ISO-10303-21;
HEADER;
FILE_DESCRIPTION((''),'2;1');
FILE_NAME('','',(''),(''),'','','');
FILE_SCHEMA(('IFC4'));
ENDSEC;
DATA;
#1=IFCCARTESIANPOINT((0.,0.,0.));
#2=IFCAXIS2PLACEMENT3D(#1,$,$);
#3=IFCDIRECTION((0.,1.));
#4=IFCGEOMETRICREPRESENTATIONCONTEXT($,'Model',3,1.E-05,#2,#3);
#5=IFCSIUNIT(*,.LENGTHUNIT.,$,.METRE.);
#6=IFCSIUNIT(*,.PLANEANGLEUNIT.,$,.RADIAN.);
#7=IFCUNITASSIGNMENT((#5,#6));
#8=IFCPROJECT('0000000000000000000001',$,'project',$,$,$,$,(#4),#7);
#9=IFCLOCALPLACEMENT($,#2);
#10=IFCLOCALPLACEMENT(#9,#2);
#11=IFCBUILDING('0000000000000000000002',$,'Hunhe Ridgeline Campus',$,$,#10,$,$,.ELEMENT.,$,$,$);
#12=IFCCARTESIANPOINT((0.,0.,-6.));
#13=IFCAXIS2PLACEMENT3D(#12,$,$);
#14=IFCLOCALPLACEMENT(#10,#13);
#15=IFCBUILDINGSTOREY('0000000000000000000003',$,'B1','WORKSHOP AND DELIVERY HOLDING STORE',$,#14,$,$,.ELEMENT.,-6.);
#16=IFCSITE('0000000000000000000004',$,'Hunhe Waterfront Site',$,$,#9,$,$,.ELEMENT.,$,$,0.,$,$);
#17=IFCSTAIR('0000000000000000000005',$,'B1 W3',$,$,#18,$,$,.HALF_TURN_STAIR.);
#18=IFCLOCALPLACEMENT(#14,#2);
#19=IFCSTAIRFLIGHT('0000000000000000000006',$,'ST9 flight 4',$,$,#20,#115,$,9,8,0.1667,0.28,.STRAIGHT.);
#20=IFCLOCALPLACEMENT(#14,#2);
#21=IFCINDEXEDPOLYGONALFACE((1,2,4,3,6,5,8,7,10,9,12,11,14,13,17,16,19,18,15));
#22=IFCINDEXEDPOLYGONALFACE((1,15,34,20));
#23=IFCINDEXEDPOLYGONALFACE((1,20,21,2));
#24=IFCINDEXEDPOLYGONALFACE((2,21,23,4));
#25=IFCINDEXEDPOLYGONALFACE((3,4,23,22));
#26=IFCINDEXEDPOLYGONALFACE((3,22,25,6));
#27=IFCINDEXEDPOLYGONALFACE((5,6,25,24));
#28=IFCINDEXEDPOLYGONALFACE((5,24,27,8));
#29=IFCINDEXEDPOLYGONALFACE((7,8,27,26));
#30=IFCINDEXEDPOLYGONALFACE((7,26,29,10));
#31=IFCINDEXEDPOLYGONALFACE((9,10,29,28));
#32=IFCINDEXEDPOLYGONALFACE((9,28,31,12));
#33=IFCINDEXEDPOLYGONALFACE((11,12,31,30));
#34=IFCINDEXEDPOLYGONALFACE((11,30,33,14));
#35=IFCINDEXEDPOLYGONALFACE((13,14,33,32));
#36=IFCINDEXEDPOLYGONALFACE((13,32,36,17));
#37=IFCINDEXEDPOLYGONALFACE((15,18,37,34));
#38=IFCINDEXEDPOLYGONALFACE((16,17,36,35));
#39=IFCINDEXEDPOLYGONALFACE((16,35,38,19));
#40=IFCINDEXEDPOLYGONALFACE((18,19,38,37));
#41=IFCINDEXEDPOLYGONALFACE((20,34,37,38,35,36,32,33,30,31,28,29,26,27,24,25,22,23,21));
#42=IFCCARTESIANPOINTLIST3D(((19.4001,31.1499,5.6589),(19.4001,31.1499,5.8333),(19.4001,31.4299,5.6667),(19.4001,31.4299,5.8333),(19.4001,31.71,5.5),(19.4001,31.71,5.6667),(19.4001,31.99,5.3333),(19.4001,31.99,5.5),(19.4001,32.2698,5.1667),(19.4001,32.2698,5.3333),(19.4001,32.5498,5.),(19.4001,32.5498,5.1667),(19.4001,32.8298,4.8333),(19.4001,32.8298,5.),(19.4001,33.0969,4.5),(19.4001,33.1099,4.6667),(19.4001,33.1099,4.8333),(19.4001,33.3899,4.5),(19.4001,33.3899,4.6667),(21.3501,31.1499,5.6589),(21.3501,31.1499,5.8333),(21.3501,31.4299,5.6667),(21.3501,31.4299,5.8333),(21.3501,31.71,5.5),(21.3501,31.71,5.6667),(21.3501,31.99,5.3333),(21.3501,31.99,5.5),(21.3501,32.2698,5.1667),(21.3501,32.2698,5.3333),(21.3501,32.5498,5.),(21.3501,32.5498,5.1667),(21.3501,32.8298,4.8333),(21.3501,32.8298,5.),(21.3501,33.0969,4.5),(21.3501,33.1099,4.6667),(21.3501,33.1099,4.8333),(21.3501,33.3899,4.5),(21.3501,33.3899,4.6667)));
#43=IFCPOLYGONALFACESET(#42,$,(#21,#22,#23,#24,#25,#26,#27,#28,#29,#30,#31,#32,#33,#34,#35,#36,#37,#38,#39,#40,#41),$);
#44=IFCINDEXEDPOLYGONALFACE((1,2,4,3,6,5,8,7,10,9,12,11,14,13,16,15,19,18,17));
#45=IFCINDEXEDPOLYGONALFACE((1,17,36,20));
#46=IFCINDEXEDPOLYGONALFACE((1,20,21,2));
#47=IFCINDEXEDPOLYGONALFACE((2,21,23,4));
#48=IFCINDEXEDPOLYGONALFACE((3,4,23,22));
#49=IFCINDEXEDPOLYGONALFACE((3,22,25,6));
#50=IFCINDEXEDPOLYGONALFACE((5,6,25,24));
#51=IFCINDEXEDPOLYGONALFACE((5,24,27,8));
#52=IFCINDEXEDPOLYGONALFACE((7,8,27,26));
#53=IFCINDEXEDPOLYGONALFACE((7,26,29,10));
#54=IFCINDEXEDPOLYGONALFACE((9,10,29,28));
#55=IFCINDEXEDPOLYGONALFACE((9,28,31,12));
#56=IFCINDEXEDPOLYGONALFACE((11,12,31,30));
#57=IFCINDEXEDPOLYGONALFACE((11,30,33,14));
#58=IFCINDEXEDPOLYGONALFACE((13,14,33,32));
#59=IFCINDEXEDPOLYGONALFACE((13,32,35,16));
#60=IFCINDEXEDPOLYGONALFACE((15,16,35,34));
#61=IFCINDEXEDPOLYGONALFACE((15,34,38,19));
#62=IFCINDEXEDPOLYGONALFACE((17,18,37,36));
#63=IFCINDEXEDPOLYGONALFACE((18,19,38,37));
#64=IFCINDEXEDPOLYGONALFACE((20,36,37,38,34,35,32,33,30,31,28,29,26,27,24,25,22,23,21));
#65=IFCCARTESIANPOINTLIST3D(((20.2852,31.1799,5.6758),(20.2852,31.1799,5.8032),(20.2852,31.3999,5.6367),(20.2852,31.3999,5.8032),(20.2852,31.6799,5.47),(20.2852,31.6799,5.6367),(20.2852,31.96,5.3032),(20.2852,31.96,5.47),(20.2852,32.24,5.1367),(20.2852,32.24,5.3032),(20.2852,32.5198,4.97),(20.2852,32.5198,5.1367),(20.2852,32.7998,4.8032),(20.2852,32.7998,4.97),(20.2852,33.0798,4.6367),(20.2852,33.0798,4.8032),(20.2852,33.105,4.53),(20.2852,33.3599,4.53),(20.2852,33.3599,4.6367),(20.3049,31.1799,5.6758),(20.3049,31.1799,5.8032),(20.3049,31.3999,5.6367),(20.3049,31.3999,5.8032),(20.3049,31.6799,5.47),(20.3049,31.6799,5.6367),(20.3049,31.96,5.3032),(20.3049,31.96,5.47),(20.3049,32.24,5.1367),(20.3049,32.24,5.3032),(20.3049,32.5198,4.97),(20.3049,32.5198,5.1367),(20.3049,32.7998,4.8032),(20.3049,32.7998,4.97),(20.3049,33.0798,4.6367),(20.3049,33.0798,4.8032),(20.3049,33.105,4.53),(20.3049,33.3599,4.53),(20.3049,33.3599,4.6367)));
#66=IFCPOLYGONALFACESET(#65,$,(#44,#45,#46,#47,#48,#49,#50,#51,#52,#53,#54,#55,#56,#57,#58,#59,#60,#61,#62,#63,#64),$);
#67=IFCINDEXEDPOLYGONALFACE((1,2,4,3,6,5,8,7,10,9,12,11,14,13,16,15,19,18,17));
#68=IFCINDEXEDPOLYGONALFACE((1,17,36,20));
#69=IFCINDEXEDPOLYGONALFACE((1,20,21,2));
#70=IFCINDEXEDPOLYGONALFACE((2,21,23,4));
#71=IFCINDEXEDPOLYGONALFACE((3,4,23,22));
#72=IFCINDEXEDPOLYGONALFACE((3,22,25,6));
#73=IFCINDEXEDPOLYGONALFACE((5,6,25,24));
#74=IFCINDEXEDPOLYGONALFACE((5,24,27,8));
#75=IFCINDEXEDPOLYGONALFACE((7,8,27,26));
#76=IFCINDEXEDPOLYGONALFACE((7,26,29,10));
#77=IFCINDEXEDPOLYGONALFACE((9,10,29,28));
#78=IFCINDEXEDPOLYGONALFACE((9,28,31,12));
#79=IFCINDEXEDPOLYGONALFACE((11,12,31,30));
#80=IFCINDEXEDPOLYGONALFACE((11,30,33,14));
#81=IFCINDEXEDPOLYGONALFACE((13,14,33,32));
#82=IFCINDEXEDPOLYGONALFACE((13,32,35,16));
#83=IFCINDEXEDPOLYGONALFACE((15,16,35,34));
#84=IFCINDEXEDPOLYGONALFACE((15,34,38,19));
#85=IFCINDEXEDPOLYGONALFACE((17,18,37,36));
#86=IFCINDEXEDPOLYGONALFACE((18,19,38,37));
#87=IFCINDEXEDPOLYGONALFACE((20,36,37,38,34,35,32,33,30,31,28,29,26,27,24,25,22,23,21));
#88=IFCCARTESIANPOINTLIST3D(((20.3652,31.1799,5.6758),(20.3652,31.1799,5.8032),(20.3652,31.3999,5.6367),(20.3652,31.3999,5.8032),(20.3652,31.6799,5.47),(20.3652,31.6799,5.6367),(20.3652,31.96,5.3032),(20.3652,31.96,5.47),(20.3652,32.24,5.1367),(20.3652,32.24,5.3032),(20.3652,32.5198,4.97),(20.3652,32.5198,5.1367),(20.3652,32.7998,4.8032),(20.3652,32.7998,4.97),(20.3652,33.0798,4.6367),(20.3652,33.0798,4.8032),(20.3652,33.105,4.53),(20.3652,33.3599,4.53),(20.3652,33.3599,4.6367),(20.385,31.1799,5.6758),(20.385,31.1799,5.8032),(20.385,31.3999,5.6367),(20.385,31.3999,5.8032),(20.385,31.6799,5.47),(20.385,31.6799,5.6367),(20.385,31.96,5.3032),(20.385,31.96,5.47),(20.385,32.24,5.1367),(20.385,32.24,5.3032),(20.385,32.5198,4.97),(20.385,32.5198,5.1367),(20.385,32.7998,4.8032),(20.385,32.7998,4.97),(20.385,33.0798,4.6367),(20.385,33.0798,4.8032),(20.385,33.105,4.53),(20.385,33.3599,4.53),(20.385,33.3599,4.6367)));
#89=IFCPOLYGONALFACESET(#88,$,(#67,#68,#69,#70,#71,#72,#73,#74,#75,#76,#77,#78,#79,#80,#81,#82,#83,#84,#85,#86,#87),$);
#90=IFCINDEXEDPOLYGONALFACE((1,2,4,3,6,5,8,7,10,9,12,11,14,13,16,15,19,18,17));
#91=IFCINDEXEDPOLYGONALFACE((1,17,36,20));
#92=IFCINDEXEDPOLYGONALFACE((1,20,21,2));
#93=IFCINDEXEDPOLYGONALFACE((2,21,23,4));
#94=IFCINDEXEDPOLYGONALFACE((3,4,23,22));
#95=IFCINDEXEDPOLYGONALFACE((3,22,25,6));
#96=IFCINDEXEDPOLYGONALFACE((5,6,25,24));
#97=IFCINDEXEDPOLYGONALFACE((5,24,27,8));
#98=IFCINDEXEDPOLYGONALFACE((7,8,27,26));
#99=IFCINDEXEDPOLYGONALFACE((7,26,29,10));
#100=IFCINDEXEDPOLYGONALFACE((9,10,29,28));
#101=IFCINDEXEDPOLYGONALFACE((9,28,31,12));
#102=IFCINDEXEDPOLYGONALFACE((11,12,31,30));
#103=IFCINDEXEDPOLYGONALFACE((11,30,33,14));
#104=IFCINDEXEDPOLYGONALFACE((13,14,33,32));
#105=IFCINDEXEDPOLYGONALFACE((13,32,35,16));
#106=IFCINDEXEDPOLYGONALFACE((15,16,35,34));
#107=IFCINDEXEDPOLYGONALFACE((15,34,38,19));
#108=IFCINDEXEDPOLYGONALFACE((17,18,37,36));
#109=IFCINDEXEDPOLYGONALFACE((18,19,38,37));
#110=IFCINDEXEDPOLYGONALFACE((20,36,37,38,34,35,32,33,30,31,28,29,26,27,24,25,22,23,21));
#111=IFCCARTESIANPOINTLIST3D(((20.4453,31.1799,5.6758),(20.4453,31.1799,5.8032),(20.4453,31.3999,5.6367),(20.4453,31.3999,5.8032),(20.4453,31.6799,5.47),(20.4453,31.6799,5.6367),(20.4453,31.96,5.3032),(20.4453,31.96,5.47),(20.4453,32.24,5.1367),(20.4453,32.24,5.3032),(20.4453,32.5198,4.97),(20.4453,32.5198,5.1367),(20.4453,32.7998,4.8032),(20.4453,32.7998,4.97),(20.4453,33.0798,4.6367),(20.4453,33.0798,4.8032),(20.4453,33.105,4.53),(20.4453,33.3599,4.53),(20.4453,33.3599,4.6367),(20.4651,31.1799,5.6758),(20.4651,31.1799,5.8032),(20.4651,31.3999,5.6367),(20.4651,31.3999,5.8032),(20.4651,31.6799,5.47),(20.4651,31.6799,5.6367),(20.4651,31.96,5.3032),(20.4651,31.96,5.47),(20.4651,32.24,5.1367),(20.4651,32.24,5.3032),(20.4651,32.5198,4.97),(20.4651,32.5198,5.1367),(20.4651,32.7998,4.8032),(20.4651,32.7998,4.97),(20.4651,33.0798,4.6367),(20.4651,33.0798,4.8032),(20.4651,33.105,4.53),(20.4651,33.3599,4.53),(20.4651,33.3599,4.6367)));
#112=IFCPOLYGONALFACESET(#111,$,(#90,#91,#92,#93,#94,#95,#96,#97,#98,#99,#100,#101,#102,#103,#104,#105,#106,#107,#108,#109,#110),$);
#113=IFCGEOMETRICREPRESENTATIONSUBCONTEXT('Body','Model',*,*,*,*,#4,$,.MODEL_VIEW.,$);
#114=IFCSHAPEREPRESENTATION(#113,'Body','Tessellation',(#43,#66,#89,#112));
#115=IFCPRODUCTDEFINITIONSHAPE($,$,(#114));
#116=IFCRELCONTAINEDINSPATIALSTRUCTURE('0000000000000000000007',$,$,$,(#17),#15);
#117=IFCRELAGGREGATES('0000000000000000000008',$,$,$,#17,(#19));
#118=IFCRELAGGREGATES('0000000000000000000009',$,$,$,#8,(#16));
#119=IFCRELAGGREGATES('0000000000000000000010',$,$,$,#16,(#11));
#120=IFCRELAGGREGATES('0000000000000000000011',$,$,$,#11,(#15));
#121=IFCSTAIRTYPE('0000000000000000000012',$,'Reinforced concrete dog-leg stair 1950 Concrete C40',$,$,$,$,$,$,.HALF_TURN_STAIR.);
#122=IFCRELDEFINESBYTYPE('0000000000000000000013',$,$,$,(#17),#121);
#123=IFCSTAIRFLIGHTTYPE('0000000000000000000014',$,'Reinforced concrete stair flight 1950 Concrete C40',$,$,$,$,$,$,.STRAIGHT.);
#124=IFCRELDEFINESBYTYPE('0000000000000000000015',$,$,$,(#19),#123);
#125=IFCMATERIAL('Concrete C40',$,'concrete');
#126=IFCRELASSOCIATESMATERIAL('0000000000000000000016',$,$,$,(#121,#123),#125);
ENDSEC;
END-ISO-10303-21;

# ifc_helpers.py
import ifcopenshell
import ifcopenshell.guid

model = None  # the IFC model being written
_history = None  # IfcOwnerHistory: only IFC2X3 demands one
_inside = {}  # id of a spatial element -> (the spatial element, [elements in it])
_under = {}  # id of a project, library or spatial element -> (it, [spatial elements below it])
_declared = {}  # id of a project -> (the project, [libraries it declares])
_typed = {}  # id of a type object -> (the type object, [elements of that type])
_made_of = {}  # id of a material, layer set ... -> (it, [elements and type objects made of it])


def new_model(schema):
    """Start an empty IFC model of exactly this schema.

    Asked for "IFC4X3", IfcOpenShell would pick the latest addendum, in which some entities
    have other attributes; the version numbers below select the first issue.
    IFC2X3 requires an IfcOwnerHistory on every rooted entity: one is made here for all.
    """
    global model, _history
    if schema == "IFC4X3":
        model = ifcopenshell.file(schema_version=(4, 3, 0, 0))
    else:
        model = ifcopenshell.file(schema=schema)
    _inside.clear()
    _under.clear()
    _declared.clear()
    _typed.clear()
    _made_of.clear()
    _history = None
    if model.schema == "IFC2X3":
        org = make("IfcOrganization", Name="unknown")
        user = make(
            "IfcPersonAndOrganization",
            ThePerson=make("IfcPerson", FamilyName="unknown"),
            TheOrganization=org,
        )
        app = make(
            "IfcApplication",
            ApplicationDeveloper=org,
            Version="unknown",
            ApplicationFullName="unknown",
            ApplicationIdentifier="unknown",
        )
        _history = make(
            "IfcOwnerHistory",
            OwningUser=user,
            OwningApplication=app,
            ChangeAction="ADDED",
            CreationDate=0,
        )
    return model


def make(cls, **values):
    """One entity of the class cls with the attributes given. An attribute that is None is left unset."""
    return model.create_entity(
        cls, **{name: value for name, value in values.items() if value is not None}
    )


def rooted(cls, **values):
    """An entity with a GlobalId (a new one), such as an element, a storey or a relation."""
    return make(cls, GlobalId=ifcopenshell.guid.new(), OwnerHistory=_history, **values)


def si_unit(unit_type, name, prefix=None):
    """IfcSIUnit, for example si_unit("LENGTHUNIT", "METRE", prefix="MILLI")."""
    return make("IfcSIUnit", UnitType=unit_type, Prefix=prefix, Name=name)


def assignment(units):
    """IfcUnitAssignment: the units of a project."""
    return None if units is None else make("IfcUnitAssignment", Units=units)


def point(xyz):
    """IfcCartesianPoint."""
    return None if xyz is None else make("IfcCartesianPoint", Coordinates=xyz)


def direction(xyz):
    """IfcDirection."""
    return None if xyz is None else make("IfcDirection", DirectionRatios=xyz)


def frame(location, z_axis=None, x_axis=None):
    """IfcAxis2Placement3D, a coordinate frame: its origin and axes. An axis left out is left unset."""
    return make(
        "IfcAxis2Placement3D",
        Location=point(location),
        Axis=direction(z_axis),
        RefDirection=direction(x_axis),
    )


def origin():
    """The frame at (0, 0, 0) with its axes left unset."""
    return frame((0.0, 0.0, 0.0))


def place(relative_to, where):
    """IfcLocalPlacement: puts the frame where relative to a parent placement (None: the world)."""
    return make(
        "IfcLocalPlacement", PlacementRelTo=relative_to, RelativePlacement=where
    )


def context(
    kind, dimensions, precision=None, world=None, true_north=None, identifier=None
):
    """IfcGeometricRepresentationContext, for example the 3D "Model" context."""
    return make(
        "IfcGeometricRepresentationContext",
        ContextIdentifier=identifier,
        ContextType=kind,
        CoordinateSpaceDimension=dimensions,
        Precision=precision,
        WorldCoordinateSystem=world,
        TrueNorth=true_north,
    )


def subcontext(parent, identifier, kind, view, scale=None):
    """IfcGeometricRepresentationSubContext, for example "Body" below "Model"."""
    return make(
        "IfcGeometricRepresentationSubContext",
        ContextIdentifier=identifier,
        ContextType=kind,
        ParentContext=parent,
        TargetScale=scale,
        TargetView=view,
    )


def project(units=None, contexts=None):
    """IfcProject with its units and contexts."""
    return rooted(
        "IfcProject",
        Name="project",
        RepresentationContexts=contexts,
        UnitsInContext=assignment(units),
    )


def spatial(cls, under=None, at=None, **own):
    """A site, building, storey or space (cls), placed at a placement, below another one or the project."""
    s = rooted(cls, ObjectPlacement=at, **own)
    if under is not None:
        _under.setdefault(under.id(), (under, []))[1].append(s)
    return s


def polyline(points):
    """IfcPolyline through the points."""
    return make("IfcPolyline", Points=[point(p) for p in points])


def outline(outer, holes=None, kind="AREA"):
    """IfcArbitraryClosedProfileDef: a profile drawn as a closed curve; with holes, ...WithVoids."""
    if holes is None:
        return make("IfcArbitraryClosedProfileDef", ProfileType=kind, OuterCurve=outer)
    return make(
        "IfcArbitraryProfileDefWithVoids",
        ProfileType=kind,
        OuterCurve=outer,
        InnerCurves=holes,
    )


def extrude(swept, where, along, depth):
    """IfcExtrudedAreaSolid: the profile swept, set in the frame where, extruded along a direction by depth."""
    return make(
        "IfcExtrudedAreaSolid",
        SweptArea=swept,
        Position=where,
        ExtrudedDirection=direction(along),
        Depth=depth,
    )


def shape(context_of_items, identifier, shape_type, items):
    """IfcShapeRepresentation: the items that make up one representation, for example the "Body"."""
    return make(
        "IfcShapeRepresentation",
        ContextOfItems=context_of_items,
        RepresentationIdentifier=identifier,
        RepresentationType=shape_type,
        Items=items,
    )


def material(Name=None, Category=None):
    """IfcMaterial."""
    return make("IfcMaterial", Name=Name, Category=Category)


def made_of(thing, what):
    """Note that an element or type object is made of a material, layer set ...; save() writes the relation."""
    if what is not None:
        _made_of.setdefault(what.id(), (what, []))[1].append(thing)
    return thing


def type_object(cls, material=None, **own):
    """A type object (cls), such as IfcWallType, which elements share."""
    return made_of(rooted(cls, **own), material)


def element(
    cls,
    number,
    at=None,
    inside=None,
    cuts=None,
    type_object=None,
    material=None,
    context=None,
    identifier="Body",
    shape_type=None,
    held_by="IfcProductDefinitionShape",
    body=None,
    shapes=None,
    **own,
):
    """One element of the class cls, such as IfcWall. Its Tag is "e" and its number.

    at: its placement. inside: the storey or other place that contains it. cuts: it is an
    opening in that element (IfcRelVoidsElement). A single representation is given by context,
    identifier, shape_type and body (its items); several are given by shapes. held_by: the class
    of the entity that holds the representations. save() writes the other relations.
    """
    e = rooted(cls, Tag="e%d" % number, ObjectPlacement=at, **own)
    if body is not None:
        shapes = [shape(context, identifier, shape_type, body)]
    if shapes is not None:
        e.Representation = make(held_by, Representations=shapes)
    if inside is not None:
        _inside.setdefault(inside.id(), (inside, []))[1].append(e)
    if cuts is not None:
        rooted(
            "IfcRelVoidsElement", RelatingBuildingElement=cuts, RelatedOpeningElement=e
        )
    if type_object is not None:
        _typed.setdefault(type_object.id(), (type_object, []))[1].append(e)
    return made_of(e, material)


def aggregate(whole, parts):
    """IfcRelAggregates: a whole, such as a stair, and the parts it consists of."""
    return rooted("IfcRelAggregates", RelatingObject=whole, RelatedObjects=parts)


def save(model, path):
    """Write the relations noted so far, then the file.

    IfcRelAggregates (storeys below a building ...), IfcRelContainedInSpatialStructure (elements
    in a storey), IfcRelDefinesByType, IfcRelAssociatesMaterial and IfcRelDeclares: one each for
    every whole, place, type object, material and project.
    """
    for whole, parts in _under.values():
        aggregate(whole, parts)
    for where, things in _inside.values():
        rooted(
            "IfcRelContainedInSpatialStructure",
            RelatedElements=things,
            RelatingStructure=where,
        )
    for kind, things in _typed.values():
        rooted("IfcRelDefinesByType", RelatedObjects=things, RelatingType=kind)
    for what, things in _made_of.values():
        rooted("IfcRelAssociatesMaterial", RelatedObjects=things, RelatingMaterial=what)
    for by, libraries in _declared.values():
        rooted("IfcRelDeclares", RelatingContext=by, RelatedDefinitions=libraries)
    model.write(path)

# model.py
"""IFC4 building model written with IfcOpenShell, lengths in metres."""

from ifc_helpers import new_model, si_unit, direction, frame, origin, place, context, subcontext, project, spatial, polyline, outline, extrude, material, type_object, element, aggregate, save


model = new_model("IFC4")

# Units and contexts
model_context = context("Model", 3, precision=1e-05, world=origin(), true_north=direction((0.0, 1.0)))
body_context = subcontext(model_context, "Body", "Model", "MODEL_VIEW")
ifc_project = project(units=[si_unit("LENGTHUNIT", "METRE"), si_unit("PLANEANGLEUNIT", "RADIAN")], contexts=[model_context])

# Site, building, storey
site_placement = place(None, origin())
site = spatial("IfcSite", under=ifc_project, at=site_placement, Name="Hunhe Waterfront Site", CompositionType="ELEMENT", RefElevation=0.0)
building_placement = place(site_placement, origin())
building = spatial("IfcBuilding", under=site, at=building_placement, Name="Hunhe Ridgeline Campus", CompositionType="ELEMENT")
storey_placement = place(building_placement, frame((0.0, 0.0, -6.0)))
storey = spatial("IfcBuildingStorey", under=building, at=storey_placement, Name="B1", Description="WORKSHOP AND DELIVERY HOLDING STORE", CompositionType="ELEMENT", Elevation=-6.0)

# Stair, stair flight
ifc_material_1 = material(Name="Concrete C40", Category="concrete")
stair_type = type_object("IfcStairType", Name="Reinforced concrete dog-leg stair 1950 Concrete C40", PredefinedType="HALF_TURN_STAIR", material=ifc_material_1)
stair_placement = place(storey_placement, origin())
stair = element("IfcStair", 1, at=stair_placement, inside=storey, type_object=stair_type, Name="B1 W3", PredefinedType="HALF_TURN_STAIR")
stair_flight_type = type_object("IfcStairFlightType", Name="Reinforced concrete stair flight 1950 Concrete C40", PredefinedType="STRAIGHT", material=ifc_material_1)
stair_flight_1_placement = place(storey_placement, frame((20.375, 33.3899, 4.5), z_axis=(0.0, 0.0, 1.0), x_axis=(0.0, -1.0, 0.0)))
stair_flight_1 = element("IfcStairFlight", 2, at=stair_flight_1_placement, type_object=stair_flight_type, Name="ST9 flight 4", NumberOfRisers=9, NumberOfTreads=8, PredefinedType="STRAIGHT", RiserHeight=0.1667, TreadLength=0.28, context=body_context, shape_type="SweptSolid", body=[
    extrude(outline(polyline([(0.0, 0.0), (0.0, 0.1667), (0.28, 0.1667), (0.28, 0.3333), (0.5601, 0.3333), (0.5601, 0.5), (0.8401, 0.5), (0.8401, 0.6667), (1.1201, 0.6667), (1.1201, 0.8333), (1.3999, 0.8333), (1.3999, 1.0), (1.6799, 1.0), (1.6799, 1.1667), (1.96, 1.1667), (1.96, 1.3333), (2.24, 1.3333), (2.24, 1.5), (2.24, 1.1589), (0.293, 0.0), (0.0, 0.0)])), frame((0.0, 0.9751, 0.0), z_axis=(0.0, -1.0, 0.0), x_axis=(1.0, 0.0, 0.0)), (0.0, 0.0, 1.0), 1.95),
    extrude(outline(polyline([(0.03, 0.03), (0.03, 0.1367), (0.3101, 0.1367), (0.3101, 0.3032), (0.5901, 0.3032), (0.5901, 0.47), (0.8701, 0.47), (0.8701, 0.6367), (1.1499, 0.6367), (1.1499, 0.8032), (1.4299, 0.8032), (1.4299, 0.97), (1.71, 0.97), (1.71, 1.1367), (1.99, 1.1367), (1.99, 1.3032), (2.21, 1.3032), (2.21, 1.1758), (0.2849, 0.03), (0.03, 0.03)])), frame((0.0, -0.0701, 0.0), z_axis=(0.0, -1.0, 0.0), x_axis=(1.0, 0.0, 0.0)), (0.0, 0.0, 1.0), 0.0198),
    extrude(outline(polyline([(0.03, 0.03), (0.03, 0.1367), (0.3101, 0.1367), (0.3101, 0.3032), (0.5901, 0.3032), (0.5901, 0.47), (0.8701, 0.47), (0.8701, 0.6367), (1.1499, 0.6367), (1.1499, 0.8032), (1.4299, 0.8032), (1.4299, 0.97), (1.71, 0.97), (1.71, 1.1367), (1.99, 1.1367), (1.99, 1.3032), (2.21, 1.3032), (2.21, 1.1758), (0.2849, 0.03), (0.03, 0.03)])), frame((0.0, 0.01, 0.0), z_axis=(0.0, -1.0, 0.0), x_axis=(1.0, 0.0, 0.0)), (0.0, 0.0, 1.0), 0.0198),
    extrude(outline(polyline([(0.03, 0.03), (0.03, 0.1367), (0.3101, 0.1367), (0.3101, 0.3032), (0.5901, 0.3032), (0.5901, 0.47), (0.8701, 0.47), (0.8701, 0.6367), (1.1499, 0.6367), (1.1499, 0.8032), (1.4299, 0.8032), (1.4299, 0.97), (1.71, 0.97), (1.71, 1.1367), (1.99, 1.1367), (1.99, 1.3032), (2.21, 1.3032), (2.21, 1.1758), (0.2849, 0.03), (0.03, 0.03)])), frame((0.0, 0.0901, 0.0), z_axis=(0.0, -1.0, 0.0), x_axis=(1.0, 0.0, 0.0)), (0.0, 0.0, 1.0), 0.0198),
])
aggregate(stair, [stair_flight_1])

save(model, "model.ifc")
